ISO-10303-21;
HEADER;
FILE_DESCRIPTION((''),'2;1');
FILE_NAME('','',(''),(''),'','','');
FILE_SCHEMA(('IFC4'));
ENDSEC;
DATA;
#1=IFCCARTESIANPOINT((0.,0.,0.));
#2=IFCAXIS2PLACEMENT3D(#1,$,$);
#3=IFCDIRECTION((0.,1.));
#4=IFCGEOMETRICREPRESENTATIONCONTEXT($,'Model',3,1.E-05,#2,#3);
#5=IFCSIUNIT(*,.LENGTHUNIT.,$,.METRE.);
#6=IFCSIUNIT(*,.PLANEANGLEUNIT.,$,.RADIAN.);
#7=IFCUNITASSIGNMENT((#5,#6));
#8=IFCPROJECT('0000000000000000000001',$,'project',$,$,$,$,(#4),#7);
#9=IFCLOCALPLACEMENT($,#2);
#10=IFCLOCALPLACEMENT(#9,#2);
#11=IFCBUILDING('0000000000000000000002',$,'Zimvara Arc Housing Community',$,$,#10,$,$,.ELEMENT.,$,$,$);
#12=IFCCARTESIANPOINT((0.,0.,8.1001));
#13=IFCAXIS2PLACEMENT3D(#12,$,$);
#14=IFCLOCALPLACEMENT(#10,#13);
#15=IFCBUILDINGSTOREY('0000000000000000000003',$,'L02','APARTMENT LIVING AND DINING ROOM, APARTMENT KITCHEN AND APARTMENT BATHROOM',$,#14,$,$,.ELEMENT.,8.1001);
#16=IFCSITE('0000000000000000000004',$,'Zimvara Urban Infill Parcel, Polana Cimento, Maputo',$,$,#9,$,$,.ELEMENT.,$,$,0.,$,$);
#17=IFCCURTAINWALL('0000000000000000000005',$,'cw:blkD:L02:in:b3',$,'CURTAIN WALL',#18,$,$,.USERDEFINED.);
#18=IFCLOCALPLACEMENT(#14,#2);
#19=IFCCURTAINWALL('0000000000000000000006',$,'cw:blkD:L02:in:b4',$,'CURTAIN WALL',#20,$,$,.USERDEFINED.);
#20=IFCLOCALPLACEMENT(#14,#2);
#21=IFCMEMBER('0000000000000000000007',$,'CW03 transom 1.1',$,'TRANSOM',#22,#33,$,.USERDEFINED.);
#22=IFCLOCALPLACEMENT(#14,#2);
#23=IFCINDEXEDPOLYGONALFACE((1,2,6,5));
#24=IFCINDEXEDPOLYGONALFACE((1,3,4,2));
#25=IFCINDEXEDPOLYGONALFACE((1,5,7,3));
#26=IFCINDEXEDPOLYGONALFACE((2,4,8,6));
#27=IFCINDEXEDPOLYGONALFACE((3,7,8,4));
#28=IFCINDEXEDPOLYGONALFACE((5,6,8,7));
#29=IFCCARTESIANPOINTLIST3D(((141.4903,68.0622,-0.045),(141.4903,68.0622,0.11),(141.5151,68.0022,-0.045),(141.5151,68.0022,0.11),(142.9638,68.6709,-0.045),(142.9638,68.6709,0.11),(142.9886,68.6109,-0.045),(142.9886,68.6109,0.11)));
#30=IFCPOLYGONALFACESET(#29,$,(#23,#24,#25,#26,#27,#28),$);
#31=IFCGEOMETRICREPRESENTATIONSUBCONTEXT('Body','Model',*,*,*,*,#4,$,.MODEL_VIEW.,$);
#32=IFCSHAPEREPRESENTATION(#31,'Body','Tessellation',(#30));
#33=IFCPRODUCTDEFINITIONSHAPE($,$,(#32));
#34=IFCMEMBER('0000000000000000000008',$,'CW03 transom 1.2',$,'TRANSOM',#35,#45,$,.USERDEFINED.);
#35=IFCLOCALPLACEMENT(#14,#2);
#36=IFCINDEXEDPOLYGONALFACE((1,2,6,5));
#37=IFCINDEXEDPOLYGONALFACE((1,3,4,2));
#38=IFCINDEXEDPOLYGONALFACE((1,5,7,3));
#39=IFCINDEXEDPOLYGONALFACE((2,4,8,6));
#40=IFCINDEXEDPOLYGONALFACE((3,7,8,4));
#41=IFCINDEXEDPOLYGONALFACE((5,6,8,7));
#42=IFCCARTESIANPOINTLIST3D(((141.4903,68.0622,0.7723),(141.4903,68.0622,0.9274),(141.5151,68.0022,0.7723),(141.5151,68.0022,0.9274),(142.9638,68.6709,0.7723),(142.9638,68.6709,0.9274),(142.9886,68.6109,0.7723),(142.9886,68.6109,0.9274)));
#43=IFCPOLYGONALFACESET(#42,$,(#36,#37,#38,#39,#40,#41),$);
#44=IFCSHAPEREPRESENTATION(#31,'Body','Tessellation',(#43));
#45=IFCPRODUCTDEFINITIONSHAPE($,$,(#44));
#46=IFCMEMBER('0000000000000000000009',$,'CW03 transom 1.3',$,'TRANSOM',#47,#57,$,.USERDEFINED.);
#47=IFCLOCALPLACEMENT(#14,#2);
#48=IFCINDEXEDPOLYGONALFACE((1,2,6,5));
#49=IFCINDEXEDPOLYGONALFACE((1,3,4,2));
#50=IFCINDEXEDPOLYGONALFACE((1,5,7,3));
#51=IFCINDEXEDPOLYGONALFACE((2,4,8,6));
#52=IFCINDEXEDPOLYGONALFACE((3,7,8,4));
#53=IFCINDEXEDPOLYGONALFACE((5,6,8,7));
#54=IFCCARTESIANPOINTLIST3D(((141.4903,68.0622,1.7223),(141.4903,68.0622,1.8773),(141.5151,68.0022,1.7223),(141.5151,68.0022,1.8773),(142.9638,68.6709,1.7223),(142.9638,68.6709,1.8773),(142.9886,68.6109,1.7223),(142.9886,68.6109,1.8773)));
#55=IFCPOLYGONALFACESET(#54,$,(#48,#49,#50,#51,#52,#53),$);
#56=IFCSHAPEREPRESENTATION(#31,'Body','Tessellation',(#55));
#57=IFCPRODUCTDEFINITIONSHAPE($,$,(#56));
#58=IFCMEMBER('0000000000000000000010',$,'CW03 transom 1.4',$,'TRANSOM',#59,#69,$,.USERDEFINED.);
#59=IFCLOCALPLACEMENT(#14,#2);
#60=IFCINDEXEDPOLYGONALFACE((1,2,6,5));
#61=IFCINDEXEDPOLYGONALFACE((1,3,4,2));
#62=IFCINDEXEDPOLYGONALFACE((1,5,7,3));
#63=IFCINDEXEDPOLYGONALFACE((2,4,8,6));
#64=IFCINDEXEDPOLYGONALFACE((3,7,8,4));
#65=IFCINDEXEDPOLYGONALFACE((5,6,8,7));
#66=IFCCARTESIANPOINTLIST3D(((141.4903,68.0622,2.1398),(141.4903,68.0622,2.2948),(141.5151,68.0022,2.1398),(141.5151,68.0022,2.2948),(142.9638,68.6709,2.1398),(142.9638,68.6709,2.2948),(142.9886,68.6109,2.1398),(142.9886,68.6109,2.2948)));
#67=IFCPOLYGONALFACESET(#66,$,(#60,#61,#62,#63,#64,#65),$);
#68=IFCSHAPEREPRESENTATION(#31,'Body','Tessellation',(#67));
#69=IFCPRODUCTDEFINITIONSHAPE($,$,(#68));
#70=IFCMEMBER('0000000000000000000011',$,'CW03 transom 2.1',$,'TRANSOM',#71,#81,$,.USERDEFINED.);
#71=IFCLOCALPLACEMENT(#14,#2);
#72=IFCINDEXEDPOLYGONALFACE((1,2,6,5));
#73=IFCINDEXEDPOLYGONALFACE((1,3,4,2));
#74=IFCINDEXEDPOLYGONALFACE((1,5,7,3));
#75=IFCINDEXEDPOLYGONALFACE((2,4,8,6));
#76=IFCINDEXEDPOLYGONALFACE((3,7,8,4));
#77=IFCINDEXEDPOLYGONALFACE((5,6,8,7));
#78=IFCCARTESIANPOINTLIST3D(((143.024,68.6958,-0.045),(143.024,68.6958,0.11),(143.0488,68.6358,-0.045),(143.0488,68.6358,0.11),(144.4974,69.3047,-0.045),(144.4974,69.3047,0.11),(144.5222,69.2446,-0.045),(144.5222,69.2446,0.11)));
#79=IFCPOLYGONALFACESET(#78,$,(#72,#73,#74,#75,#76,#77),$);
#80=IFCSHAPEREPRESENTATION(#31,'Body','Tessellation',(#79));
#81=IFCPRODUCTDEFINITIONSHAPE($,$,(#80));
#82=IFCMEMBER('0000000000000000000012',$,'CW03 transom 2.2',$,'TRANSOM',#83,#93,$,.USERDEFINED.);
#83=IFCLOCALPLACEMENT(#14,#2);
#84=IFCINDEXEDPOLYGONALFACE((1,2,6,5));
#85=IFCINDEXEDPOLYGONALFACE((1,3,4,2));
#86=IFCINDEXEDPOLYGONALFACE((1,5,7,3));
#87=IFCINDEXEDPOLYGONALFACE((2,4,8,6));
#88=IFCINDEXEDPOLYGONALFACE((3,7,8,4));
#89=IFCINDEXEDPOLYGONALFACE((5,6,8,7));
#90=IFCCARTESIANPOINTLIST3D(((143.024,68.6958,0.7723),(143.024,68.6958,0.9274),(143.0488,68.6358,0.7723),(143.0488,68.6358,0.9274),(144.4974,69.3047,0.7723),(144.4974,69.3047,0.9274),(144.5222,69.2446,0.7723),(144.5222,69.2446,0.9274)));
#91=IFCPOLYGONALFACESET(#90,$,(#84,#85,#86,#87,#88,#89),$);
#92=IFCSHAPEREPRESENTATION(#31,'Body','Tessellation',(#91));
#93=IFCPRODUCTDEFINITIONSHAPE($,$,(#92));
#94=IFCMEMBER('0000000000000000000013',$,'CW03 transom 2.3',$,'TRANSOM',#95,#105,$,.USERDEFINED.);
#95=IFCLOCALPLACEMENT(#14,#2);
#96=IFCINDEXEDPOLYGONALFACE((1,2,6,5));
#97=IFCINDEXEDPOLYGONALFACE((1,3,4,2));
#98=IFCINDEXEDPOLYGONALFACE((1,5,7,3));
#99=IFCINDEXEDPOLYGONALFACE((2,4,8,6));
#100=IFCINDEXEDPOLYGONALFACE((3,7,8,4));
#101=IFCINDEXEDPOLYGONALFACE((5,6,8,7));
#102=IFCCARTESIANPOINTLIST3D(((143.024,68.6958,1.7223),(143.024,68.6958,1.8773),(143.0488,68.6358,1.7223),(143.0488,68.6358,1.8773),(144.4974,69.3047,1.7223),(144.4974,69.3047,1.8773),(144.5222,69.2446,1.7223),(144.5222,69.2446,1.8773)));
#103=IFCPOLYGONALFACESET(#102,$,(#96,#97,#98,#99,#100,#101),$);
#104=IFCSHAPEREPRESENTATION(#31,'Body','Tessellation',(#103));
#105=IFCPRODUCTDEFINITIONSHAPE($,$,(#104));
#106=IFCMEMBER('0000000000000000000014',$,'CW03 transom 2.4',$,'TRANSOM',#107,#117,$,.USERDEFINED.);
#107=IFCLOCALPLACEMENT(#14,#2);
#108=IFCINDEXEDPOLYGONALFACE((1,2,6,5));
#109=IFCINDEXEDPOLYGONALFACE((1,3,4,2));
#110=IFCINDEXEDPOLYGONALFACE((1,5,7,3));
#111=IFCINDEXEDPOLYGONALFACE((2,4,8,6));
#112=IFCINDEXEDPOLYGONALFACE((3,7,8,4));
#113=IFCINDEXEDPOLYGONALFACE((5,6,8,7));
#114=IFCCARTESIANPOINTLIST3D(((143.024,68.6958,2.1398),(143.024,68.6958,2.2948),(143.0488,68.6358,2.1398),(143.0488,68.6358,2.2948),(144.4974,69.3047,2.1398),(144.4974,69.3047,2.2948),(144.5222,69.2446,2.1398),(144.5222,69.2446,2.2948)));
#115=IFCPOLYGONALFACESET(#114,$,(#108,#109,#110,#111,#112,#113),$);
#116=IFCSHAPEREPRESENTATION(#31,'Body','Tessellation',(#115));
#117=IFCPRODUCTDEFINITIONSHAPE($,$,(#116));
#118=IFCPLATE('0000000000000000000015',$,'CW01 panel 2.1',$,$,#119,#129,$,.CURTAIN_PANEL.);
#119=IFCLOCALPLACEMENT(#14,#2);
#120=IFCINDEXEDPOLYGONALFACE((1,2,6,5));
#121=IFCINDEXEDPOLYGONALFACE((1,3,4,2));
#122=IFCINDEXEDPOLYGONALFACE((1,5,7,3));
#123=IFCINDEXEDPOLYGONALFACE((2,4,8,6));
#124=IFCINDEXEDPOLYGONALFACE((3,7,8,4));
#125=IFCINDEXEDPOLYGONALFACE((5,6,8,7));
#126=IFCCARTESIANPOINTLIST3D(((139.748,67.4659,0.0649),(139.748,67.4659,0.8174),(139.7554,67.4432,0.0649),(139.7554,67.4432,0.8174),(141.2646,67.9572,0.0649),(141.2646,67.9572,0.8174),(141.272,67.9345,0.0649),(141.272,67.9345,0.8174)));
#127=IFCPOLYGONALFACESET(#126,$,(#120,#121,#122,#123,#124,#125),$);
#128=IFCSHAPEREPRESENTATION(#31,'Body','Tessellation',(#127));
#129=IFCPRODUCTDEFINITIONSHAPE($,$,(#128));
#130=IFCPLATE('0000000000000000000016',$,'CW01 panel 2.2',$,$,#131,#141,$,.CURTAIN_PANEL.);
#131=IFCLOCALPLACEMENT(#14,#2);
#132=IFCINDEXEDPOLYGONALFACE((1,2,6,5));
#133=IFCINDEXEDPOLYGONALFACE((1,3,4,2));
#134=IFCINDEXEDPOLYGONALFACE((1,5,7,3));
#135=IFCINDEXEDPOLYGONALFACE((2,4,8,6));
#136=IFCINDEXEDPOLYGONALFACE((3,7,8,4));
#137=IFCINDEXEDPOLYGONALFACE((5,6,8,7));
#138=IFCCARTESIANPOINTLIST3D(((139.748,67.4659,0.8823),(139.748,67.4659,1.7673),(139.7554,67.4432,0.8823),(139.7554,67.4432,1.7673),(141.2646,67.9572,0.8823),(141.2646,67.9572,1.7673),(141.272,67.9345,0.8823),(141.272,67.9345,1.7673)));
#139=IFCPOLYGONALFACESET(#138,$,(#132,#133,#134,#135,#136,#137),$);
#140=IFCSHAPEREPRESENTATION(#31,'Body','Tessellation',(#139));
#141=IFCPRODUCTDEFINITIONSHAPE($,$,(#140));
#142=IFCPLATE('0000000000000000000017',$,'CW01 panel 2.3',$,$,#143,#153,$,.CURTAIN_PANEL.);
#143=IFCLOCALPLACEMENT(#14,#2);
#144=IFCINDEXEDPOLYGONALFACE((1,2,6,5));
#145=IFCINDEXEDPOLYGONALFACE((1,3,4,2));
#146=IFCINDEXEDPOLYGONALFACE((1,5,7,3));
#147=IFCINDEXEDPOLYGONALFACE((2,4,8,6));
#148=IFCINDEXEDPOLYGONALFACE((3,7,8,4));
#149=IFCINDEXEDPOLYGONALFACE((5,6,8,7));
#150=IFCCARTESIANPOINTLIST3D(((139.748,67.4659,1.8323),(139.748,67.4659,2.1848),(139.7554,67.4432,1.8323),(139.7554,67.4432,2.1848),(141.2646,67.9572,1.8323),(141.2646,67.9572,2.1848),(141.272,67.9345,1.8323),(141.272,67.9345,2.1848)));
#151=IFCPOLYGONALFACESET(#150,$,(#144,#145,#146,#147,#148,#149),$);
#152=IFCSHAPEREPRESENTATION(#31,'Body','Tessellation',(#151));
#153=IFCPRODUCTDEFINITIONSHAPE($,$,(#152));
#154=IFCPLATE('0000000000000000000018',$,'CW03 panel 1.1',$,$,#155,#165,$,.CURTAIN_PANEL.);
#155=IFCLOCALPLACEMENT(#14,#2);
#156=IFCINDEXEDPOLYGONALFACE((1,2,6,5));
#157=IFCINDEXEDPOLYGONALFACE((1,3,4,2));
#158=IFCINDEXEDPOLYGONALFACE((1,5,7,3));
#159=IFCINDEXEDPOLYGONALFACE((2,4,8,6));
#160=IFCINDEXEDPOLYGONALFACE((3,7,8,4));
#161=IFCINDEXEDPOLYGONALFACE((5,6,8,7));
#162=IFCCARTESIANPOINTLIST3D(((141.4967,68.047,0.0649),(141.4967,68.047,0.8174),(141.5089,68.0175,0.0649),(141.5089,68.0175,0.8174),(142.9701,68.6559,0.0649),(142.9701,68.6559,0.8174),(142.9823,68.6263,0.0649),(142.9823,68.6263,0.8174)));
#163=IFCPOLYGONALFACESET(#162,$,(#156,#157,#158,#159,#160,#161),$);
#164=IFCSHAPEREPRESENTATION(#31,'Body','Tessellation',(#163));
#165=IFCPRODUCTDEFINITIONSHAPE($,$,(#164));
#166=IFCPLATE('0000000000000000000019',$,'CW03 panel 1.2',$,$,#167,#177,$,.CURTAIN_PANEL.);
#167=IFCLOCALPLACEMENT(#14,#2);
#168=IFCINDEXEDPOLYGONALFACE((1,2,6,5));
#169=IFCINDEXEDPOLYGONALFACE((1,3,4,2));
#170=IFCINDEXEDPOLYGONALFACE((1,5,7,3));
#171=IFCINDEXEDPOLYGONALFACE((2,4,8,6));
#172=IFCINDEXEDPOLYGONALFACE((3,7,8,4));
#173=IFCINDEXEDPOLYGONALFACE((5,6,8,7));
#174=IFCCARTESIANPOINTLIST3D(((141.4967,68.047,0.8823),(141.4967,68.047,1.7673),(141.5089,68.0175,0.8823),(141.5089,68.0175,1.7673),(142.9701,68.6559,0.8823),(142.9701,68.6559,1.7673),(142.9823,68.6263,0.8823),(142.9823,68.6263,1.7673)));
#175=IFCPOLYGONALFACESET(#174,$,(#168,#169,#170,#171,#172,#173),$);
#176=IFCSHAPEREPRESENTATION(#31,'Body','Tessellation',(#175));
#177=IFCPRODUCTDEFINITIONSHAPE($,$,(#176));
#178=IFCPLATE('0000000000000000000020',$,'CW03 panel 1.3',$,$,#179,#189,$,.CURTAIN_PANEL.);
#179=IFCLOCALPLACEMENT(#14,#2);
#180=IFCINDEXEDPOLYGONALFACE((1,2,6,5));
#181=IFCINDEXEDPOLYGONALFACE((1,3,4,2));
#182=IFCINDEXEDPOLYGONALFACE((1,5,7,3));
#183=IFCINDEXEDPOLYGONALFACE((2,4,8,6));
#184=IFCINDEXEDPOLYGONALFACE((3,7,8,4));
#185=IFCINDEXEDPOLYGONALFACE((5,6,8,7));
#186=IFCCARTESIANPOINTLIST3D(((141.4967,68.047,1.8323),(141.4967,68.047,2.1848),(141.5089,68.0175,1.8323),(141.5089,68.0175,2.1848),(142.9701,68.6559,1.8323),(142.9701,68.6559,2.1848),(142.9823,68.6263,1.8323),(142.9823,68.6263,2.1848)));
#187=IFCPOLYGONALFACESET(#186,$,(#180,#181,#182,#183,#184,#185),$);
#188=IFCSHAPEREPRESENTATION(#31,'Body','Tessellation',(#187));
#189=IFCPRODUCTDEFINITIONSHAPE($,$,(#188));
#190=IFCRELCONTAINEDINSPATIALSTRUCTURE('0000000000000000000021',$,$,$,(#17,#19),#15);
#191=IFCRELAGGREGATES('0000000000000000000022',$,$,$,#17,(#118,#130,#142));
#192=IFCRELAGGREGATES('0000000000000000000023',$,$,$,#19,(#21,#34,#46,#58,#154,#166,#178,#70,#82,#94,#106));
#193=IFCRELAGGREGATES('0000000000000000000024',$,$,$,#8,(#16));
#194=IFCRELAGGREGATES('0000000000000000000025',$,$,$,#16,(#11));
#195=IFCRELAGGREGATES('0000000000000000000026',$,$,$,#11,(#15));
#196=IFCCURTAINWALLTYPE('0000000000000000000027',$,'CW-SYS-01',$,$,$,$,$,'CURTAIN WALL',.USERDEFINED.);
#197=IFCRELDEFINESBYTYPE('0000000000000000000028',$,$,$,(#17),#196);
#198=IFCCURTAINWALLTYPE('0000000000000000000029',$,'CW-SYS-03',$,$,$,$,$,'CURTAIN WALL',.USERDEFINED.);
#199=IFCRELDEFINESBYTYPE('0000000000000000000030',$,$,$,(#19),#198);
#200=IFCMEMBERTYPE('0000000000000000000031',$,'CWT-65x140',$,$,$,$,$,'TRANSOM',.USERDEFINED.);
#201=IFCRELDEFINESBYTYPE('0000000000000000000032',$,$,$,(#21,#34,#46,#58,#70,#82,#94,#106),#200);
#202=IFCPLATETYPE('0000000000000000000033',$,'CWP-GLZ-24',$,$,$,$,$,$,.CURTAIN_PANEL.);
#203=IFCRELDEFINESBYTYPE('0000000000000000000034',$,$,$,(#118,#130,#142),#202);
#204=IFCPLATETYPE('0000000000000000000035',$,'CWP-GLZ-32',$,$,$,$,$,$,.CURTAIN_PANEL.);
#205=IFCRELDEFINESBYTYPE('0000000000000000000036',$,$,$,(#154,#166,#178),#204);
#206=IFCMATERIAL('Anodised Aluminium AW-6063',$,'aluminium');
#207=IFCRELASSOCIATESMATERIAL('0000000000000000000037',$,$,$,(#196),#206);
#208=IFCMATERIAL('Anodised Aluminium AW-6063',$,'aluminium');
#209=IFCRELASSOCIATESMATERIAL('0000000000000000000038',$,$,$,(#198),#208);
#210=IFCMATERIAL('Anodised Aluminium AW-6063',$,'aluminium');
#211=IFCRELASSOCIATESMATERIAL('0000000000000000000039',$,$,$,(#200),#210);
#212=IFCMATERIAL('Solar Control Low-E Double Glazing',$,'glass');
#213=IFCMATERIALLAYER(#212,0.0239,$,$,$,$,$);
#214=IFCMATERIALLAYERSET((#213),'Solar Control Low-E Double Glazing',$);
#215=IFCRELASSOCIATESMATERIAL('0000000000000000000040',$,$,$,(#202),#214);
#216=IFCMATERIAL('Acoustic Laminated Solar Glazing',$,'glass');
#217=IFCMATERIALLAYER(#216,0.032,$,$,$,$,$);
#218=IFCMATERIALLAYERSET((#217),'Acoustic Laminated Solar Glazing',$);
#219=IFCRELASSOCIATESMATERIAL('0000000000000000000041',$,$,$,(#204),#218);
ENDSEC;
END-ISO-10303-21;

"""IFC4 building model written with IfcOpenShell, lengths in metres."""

from ifc_helpers import new_model, si_unit, direction, frame, origin, origin_2d, place, context, subcontext, project, spatial, rectangle, extrude, material, layer, layer_set, material_profile, profile_set, type_object, element, aggregate, save


model = new_model("IFC4")

# Units and contexts
model_context = context("Model", 3, precision=1e-05, world=origin(), true_north=direction((0.0, 1.0)))
body_context = subcontext(model_context, "Body", "Model", "MODEL_VIEW")
ifc_project = project(units=[si_unit("LENGTHUNIT", "METRE"), si_unit("PLANEANGLEUNIT", "RADIAN")], contexts=[model_context])

# Site, building, storey
site_placement = place(None, origin())
site = spatial("IfcSite", under=ifc_project, at=site_placement, Name="Zimvara Urban Infill Parcel, Polana Cimento, Maputo", CompositionType="ELEMENT", RefElevation=0.0)
building_placement = place(site_placement, origin())
building = spatial("IfcBuilding", under=site, at=building_placement, Name="Zimvara Arc Housing Community", CompositionType="ELEMENT")
storey_placement = place(building_placement, frame((0.0, 0.0, 8.1001)))
storey = spatial("IfcBuildingStorey", under=building, at=storey_placement, Name="L02", Description="APARTMENT LIVING AND DINING ROOM, APARTMENT KITCHEN AND APARTMENT BATHROOM", CompositionType="ELEMENT", Elevation=8.1001)

# Curtain wall
ifc_material_1 = material(Name="Anodised Aluminium AW-6063", Category="aluminium")
curtain_wall_type_1 = type_object("IfcCurtainWallType", Name="CW-SYS-01", ElementType="CURTAIN WALL", PredefinedType="USERDEFINED", material=ifc_material_1)
curtain_wall_1_placement = place(storey_placement, origin())
curtain_wall_1 = element("IfcCurtainWall", 1, at=curtain_wall_1_placement, inside=storey, type_object=curtain_wall_type_1, Name="cw:blkD:L02:in:b3", ObjectType="CURTAIN WALL", PredefinedType="USERDEFINED")

# Curtain wall
ifc_material_2 = material(Name="Anodised Aluminium AW-6063", Category="aluminium")
curtain_wall_type_2 = type_object("IfcCurtainWallType", Name="CW-SYS-03", ElementType="CURTAIN WALL", PredefinedType="USERDEFINED", material=ifc_material_2)
curtain_wall_2_placement = place(storey_placement, origin())
curtain_wall_2 = element("IfcCurtainWall", 2, at=curtain_wall_2_placement, inside=storey, type_object=curtain_wall_type_2, Name="cw:blkD:L02:in:b4", ObjectType="CURTAIN WALL", PredefinedType="USERDEFINED")

# Members
ifc_material_3 = material(Name="Anodised Aluminium AW-6063", Category="aluminium")
ifc_material_profile_1 = material_profile(ifc_material_3, rectangle(XDim=0.0649, YDim=0.155, at=origin_2d()), Name="ALU 65x155")
ifc_profile_set_1 = profile_set([ifc_material_profile_1], Name="Anodised Aluminium AW-6063")
member_type_1 = type_object("IfcMemberType", Name="CWT-65x140", ElementType="TRANSOM", PredefinedType="USERDEFINED", material=ifc_profile_set_1)
member_1_placement = place(storey_placement, frame((141.5027, 68.0322, 0.0325), z_axis=(0.924246, 0.381797, 0.0), x_axis=(-0.381797, 0.924246, 0.0)))
member_1 = element("IfcMember", 3, at=member_1_placement, type_object=member_type_1, Name="CW03 transom 1.1", ObjectType="TRANSOM", PredefinedType="USERDEFINED", context=body_context, shape_type="SweptSolid", body=[
    extrude(rectangle(XDim=0.0649, YDim=0.155, at=origin_2d()), origin(), (0.0, 0.0, 1.0), 1.5942),
])
member_2_placement = place(storey_placement, frame((141.5027, 68.0322, 0.8499), z_axis=(0.924246, 0.381797, 0.0), x_axis=(-0.381797, 0.924246, 0.0)))
member_2 = element("IfcMember", 4, at=member_2_placement, type_object=member_type_1, Name="CW03 transom 1.2", ObjectType="TRANSOM", PredefinedType="USERDEFINED", context=body_context, shape_type="SweptSolid", body=[
    extrude(rectangle(XDim=0.0649, YDim=0.155, at=origin_2d()), origin(), (0.0, 0.0, 1.0), 1.5942),
])
member_3_placement = place(storey_placement, frame((141.5027, 68.0322, 1.7998), z_axis=(0.924246, 0.381797, 0.0), x_axis=(-0.381797, 0.924246, 0.0)))
member_3 = element("IfcMember", 5, at=member_3_placement, type_object=member_type_1, Name="CW03 transom 1.3", ObjectType="TRANSOM", PredefinedType="USERDEFINED", context=body_context, shape_type="SweptSolid", body=[
    extrude(rectangle(XDim=0.0649, YDim=0.155, at=origin_2d()), origin(), (0.0, 0.0, 1.0), 1.5942),
])
member_4_placement = place(storey_placement, frame((141.5027, 68.0322, 2.2173), z_axis=(0.924246, 0.381797, 0.0), x_axis=(-0.381797, 0.924246, 0.0)))
member_4 = element("IfcMember", 6, at=member_4_placement, type_object=member_type_1, Name="CW03 transom 1.4", ObjectType="TRANSOM", PredefinedType="USERDEFINED", context=body_context, shape_type="SweptSolid", body=[
    extrude(rectangle(XDim=0.0649, YDim=0.155, at=origin_2d()), origin(), (0.0, 0.0, 1.0), 1.5942),
])
member_5_placement = place(storey_placement, frame((143.0364, 68.6658, 0.0325), z_axis=(0.924192, 0.381928, 0.0), x_axis=(-0.381928, 0.924192, 0.0)))
member_5 = element("IfcMember", 7, at=member_5_placement, type_object=member_type_1, Name="CW03 transom 2.1", ObjectType="TRANSOM", PredefinedType="USERDEFINED", context=body_context, shape_type="SweptSolid", body=[
    extrude(rectangle(XDim=0.0649, YDim=0.155, at=origin_2d()), origin(), (0.0, 0.0, 1.0), 1.5942),
])
member_6_placement = place(storey_placement, frame((143.0364, 68.6658, 0.8499), z_axis=(0.924192, 0.381928, 0.0), x_axis=(-0.381928, 0.924192, 0.0)))
member_6 = element("IfcMember", 8, at=member_6_placement, type_object=member_type_1, Name="CW03 transom 2.2", ObjectType="TRANSOM", PredefinedType="USERDEFINED", context=body_context, shape_type="SweptSolid", body=[
    extrude(rectangle(XDim=0.0649, YDim=0.155, at=origin_2d()), origin(), (0.0, 0.0, 1.0), 1.5942),
])
member_7_placement = place(storey_placement, frame((143.0364, 68.6658, 1.7998), z_axis=(0.924192, 0.381928, 0.0), x_axis=(-0.381928, 0.924192, 0.0)))
member_7 = element("IfcMember", 9, at=member_7_placement, type_object=member_type_1, Name="CW03 transom 2.3", ObjectType="TRANSOM", PredefinedType="USERDEFINED", context=body_context, shape_type="SweptSolid", body=[
    extrude(rectangle(XDim=0.0649, YDim=0.155, at=origin_2d()), origin(), (0.0, 0.0, 1.0), 1.5942),
])
member_8_placement = place(storey_placement, frame((143.0364, 68.6658, 2.2173), z_axis=(0.924192, 0.381928, 0.0), x_axis=(-0.381928, 0.924192, 0.0)))
member_8 = element("IfcMember", 10, at=member_8_placement, type_object=member_type_1, Name="CW03 transom 2.4", ObjectType="TRANSOM", PredefinedType="USERDEFINED", context=body_context, shape_type="SweptSolid", body=[
    extrude(rectangle(XDim=0.0649, YDim=0.155, at=origin_2d()), origin(), (0.0, 0.0, 1.0), 1.5942),
])

# Plates
ifc_material_4 = material(Name="Solar Control Low-E Double Glazing", Category="glass")
ifc_layer_1 = layer(ifc_material_4, 0.0239)
ifc_layer_set_1 = layer_set([ifc_layer_1], Name="Solar Control Low-E Double Glazing")
plate_type_1 = type_object("IfcPlateType", Name="CWP-GLZ-24", PredefinedType="CURTAIN_PANEL", material=ifc_layer_set_1)
plate_1_placement = place(storey_placement, frame((140.51, 67.7002, 0.0649), z_axis=(0.0, 0.0, 1.0), x_axis=(0.951326, 0.308185, 0.0)))
plate_1 = element("IfcPlate", 11, at=plate_1_placement, type_object=plate_type_1, Name="CW01 panel 2.1", PredefinedType="CURTAIN_PANEL", context=body_context, shape_type="SweptSolid", body=[
    extrude(rectangle(XDim=1.5942, YDim=0.0239, at=origin_2d()), origin(), (0.0, 0.0, 1.0), 0.7524),
])
plate_2_placement = place(storey_placement, frame((140.51, 67.7002, 0.8823), z_axis=(0.0, 0.0, 1.0), x_axis=(0.951326, 0.308185, 0.0)))
plate_2 = element("IfcPlate", 12, at=plate_2_placement, type_object=plate_type_1, Name="CW01 panel 2.2", PredefinedType="CURTAIN_PANEL", context=body_context, shape_type="SweptSolid", body=[
    extrude(rectangle(XDim=1.5942, YDim=0.0239, at=origin_2d()), origin(), (0.0, 0.0, 1.0), 0.885),
])
plate_3_placement = place(storey_placement, frame((140.51, 67.7002, 1.8323), z_axis=(0.0, 0.0, 1.0), x_axis=(0.951326, 0.308185, 0.0)))
plate_3 = element("IfcPlate", 13, at=plate_3_placement, type_object=plate_type_1, Name="CW01 panel 2.3", PredefinedType="CURTAIN_PANEL", context=body_context, shape_type="SweptSolid", body=[
    extrude(rectangle(XDim=1.5942, YDim=0.0239, at=origin_2d()), origin(), (0.0, 0.0, 1.0), 0.3525),
])
aggregate(curtain_wall_1, [plate_1, plate_2, plate_3])
ifc_material_5 = material(Name="Acoustic Laminated Solar Glazing", Category="glass")
ifc_layer_2 = layer(ifc_material_5, 0.032)
ifc_layer_set_2 = layer_set([ifc_layer_2], Name="Acoustic Laminated Solar Glazing")
plate_type_2 = type_object("IfcPlateType", Name="CWP-GLZ-32", PredefinedType="CURTAIN_PANEL", material=ifc_layer_set_2)
plate_4_placement = place(storey_placement, frame((142.2395, 68.3367, 0.0649), z_axis=(0.0, 0.0, 1.0), x_axis=(0.924213, 0.381877, 0.0)))
plate_4 = element("IfcPlate", 14, at=plate_4_placement, type_object=plate_type_2, Name="CW03 panel 1.1", PredefinedType="CURTAIN_PANEL", context=body_context, shape_type="SweptSolid", body=[
    extrude(rectangle(XDim=1.5942, YDim=0.032, at=origin_2d()), origin(), (0.0, 0.0, 1.0), 0.7524),
])
plate_5_placement = place(storey_placement, frame((142.2395, 68.3367, 0.8823), z_axis=(0.0, 0.0, 1.0), x_axis=(0.924213, 0.381877, 0.0)))
plate_5 = element("IfcPlate", 15, at=plate_5_placement, type_object=plate_type_2, Name="CW03 panel 1.2", PredefinedType="CURTAIN_PANEL", context=body_context, shape_type="SweptSolid", body=[
    extrude(rectangle(XDim=1.5942, YDim=0.032, at=origin_2d()), origin(), (0.0, 0.0, 1.0), 0.885),
])
plate_6_placement = place(storey_placement, frame((142.2395, 68.3367, 1.8323), z_axis=(0.0, 0.0, 1.0), x_axis=(0.924213, 0.381877, 0.0)))
plate_6 = element("IfcPlate", 16, at=plate_6_placement, type_object=plate_type_2, Name="CW03 panel 1.3", PredefinedType="CURTAIN_PANEL", context=body_context, shape_type="SweptSolid", body=[
    extrude(rectangle(XDim=1.5942, YDim=0.032, at=origin_2d()), origin(), (0.0, 0.0, 1.0), 0.3525),
])
aggregate(curtain_wall_2, [member_1, member_2, member_3, member_4, plate_4, plate_5, plate_6, member_5, member_6, member_7, member_8])

save(model, "model.ifc")
